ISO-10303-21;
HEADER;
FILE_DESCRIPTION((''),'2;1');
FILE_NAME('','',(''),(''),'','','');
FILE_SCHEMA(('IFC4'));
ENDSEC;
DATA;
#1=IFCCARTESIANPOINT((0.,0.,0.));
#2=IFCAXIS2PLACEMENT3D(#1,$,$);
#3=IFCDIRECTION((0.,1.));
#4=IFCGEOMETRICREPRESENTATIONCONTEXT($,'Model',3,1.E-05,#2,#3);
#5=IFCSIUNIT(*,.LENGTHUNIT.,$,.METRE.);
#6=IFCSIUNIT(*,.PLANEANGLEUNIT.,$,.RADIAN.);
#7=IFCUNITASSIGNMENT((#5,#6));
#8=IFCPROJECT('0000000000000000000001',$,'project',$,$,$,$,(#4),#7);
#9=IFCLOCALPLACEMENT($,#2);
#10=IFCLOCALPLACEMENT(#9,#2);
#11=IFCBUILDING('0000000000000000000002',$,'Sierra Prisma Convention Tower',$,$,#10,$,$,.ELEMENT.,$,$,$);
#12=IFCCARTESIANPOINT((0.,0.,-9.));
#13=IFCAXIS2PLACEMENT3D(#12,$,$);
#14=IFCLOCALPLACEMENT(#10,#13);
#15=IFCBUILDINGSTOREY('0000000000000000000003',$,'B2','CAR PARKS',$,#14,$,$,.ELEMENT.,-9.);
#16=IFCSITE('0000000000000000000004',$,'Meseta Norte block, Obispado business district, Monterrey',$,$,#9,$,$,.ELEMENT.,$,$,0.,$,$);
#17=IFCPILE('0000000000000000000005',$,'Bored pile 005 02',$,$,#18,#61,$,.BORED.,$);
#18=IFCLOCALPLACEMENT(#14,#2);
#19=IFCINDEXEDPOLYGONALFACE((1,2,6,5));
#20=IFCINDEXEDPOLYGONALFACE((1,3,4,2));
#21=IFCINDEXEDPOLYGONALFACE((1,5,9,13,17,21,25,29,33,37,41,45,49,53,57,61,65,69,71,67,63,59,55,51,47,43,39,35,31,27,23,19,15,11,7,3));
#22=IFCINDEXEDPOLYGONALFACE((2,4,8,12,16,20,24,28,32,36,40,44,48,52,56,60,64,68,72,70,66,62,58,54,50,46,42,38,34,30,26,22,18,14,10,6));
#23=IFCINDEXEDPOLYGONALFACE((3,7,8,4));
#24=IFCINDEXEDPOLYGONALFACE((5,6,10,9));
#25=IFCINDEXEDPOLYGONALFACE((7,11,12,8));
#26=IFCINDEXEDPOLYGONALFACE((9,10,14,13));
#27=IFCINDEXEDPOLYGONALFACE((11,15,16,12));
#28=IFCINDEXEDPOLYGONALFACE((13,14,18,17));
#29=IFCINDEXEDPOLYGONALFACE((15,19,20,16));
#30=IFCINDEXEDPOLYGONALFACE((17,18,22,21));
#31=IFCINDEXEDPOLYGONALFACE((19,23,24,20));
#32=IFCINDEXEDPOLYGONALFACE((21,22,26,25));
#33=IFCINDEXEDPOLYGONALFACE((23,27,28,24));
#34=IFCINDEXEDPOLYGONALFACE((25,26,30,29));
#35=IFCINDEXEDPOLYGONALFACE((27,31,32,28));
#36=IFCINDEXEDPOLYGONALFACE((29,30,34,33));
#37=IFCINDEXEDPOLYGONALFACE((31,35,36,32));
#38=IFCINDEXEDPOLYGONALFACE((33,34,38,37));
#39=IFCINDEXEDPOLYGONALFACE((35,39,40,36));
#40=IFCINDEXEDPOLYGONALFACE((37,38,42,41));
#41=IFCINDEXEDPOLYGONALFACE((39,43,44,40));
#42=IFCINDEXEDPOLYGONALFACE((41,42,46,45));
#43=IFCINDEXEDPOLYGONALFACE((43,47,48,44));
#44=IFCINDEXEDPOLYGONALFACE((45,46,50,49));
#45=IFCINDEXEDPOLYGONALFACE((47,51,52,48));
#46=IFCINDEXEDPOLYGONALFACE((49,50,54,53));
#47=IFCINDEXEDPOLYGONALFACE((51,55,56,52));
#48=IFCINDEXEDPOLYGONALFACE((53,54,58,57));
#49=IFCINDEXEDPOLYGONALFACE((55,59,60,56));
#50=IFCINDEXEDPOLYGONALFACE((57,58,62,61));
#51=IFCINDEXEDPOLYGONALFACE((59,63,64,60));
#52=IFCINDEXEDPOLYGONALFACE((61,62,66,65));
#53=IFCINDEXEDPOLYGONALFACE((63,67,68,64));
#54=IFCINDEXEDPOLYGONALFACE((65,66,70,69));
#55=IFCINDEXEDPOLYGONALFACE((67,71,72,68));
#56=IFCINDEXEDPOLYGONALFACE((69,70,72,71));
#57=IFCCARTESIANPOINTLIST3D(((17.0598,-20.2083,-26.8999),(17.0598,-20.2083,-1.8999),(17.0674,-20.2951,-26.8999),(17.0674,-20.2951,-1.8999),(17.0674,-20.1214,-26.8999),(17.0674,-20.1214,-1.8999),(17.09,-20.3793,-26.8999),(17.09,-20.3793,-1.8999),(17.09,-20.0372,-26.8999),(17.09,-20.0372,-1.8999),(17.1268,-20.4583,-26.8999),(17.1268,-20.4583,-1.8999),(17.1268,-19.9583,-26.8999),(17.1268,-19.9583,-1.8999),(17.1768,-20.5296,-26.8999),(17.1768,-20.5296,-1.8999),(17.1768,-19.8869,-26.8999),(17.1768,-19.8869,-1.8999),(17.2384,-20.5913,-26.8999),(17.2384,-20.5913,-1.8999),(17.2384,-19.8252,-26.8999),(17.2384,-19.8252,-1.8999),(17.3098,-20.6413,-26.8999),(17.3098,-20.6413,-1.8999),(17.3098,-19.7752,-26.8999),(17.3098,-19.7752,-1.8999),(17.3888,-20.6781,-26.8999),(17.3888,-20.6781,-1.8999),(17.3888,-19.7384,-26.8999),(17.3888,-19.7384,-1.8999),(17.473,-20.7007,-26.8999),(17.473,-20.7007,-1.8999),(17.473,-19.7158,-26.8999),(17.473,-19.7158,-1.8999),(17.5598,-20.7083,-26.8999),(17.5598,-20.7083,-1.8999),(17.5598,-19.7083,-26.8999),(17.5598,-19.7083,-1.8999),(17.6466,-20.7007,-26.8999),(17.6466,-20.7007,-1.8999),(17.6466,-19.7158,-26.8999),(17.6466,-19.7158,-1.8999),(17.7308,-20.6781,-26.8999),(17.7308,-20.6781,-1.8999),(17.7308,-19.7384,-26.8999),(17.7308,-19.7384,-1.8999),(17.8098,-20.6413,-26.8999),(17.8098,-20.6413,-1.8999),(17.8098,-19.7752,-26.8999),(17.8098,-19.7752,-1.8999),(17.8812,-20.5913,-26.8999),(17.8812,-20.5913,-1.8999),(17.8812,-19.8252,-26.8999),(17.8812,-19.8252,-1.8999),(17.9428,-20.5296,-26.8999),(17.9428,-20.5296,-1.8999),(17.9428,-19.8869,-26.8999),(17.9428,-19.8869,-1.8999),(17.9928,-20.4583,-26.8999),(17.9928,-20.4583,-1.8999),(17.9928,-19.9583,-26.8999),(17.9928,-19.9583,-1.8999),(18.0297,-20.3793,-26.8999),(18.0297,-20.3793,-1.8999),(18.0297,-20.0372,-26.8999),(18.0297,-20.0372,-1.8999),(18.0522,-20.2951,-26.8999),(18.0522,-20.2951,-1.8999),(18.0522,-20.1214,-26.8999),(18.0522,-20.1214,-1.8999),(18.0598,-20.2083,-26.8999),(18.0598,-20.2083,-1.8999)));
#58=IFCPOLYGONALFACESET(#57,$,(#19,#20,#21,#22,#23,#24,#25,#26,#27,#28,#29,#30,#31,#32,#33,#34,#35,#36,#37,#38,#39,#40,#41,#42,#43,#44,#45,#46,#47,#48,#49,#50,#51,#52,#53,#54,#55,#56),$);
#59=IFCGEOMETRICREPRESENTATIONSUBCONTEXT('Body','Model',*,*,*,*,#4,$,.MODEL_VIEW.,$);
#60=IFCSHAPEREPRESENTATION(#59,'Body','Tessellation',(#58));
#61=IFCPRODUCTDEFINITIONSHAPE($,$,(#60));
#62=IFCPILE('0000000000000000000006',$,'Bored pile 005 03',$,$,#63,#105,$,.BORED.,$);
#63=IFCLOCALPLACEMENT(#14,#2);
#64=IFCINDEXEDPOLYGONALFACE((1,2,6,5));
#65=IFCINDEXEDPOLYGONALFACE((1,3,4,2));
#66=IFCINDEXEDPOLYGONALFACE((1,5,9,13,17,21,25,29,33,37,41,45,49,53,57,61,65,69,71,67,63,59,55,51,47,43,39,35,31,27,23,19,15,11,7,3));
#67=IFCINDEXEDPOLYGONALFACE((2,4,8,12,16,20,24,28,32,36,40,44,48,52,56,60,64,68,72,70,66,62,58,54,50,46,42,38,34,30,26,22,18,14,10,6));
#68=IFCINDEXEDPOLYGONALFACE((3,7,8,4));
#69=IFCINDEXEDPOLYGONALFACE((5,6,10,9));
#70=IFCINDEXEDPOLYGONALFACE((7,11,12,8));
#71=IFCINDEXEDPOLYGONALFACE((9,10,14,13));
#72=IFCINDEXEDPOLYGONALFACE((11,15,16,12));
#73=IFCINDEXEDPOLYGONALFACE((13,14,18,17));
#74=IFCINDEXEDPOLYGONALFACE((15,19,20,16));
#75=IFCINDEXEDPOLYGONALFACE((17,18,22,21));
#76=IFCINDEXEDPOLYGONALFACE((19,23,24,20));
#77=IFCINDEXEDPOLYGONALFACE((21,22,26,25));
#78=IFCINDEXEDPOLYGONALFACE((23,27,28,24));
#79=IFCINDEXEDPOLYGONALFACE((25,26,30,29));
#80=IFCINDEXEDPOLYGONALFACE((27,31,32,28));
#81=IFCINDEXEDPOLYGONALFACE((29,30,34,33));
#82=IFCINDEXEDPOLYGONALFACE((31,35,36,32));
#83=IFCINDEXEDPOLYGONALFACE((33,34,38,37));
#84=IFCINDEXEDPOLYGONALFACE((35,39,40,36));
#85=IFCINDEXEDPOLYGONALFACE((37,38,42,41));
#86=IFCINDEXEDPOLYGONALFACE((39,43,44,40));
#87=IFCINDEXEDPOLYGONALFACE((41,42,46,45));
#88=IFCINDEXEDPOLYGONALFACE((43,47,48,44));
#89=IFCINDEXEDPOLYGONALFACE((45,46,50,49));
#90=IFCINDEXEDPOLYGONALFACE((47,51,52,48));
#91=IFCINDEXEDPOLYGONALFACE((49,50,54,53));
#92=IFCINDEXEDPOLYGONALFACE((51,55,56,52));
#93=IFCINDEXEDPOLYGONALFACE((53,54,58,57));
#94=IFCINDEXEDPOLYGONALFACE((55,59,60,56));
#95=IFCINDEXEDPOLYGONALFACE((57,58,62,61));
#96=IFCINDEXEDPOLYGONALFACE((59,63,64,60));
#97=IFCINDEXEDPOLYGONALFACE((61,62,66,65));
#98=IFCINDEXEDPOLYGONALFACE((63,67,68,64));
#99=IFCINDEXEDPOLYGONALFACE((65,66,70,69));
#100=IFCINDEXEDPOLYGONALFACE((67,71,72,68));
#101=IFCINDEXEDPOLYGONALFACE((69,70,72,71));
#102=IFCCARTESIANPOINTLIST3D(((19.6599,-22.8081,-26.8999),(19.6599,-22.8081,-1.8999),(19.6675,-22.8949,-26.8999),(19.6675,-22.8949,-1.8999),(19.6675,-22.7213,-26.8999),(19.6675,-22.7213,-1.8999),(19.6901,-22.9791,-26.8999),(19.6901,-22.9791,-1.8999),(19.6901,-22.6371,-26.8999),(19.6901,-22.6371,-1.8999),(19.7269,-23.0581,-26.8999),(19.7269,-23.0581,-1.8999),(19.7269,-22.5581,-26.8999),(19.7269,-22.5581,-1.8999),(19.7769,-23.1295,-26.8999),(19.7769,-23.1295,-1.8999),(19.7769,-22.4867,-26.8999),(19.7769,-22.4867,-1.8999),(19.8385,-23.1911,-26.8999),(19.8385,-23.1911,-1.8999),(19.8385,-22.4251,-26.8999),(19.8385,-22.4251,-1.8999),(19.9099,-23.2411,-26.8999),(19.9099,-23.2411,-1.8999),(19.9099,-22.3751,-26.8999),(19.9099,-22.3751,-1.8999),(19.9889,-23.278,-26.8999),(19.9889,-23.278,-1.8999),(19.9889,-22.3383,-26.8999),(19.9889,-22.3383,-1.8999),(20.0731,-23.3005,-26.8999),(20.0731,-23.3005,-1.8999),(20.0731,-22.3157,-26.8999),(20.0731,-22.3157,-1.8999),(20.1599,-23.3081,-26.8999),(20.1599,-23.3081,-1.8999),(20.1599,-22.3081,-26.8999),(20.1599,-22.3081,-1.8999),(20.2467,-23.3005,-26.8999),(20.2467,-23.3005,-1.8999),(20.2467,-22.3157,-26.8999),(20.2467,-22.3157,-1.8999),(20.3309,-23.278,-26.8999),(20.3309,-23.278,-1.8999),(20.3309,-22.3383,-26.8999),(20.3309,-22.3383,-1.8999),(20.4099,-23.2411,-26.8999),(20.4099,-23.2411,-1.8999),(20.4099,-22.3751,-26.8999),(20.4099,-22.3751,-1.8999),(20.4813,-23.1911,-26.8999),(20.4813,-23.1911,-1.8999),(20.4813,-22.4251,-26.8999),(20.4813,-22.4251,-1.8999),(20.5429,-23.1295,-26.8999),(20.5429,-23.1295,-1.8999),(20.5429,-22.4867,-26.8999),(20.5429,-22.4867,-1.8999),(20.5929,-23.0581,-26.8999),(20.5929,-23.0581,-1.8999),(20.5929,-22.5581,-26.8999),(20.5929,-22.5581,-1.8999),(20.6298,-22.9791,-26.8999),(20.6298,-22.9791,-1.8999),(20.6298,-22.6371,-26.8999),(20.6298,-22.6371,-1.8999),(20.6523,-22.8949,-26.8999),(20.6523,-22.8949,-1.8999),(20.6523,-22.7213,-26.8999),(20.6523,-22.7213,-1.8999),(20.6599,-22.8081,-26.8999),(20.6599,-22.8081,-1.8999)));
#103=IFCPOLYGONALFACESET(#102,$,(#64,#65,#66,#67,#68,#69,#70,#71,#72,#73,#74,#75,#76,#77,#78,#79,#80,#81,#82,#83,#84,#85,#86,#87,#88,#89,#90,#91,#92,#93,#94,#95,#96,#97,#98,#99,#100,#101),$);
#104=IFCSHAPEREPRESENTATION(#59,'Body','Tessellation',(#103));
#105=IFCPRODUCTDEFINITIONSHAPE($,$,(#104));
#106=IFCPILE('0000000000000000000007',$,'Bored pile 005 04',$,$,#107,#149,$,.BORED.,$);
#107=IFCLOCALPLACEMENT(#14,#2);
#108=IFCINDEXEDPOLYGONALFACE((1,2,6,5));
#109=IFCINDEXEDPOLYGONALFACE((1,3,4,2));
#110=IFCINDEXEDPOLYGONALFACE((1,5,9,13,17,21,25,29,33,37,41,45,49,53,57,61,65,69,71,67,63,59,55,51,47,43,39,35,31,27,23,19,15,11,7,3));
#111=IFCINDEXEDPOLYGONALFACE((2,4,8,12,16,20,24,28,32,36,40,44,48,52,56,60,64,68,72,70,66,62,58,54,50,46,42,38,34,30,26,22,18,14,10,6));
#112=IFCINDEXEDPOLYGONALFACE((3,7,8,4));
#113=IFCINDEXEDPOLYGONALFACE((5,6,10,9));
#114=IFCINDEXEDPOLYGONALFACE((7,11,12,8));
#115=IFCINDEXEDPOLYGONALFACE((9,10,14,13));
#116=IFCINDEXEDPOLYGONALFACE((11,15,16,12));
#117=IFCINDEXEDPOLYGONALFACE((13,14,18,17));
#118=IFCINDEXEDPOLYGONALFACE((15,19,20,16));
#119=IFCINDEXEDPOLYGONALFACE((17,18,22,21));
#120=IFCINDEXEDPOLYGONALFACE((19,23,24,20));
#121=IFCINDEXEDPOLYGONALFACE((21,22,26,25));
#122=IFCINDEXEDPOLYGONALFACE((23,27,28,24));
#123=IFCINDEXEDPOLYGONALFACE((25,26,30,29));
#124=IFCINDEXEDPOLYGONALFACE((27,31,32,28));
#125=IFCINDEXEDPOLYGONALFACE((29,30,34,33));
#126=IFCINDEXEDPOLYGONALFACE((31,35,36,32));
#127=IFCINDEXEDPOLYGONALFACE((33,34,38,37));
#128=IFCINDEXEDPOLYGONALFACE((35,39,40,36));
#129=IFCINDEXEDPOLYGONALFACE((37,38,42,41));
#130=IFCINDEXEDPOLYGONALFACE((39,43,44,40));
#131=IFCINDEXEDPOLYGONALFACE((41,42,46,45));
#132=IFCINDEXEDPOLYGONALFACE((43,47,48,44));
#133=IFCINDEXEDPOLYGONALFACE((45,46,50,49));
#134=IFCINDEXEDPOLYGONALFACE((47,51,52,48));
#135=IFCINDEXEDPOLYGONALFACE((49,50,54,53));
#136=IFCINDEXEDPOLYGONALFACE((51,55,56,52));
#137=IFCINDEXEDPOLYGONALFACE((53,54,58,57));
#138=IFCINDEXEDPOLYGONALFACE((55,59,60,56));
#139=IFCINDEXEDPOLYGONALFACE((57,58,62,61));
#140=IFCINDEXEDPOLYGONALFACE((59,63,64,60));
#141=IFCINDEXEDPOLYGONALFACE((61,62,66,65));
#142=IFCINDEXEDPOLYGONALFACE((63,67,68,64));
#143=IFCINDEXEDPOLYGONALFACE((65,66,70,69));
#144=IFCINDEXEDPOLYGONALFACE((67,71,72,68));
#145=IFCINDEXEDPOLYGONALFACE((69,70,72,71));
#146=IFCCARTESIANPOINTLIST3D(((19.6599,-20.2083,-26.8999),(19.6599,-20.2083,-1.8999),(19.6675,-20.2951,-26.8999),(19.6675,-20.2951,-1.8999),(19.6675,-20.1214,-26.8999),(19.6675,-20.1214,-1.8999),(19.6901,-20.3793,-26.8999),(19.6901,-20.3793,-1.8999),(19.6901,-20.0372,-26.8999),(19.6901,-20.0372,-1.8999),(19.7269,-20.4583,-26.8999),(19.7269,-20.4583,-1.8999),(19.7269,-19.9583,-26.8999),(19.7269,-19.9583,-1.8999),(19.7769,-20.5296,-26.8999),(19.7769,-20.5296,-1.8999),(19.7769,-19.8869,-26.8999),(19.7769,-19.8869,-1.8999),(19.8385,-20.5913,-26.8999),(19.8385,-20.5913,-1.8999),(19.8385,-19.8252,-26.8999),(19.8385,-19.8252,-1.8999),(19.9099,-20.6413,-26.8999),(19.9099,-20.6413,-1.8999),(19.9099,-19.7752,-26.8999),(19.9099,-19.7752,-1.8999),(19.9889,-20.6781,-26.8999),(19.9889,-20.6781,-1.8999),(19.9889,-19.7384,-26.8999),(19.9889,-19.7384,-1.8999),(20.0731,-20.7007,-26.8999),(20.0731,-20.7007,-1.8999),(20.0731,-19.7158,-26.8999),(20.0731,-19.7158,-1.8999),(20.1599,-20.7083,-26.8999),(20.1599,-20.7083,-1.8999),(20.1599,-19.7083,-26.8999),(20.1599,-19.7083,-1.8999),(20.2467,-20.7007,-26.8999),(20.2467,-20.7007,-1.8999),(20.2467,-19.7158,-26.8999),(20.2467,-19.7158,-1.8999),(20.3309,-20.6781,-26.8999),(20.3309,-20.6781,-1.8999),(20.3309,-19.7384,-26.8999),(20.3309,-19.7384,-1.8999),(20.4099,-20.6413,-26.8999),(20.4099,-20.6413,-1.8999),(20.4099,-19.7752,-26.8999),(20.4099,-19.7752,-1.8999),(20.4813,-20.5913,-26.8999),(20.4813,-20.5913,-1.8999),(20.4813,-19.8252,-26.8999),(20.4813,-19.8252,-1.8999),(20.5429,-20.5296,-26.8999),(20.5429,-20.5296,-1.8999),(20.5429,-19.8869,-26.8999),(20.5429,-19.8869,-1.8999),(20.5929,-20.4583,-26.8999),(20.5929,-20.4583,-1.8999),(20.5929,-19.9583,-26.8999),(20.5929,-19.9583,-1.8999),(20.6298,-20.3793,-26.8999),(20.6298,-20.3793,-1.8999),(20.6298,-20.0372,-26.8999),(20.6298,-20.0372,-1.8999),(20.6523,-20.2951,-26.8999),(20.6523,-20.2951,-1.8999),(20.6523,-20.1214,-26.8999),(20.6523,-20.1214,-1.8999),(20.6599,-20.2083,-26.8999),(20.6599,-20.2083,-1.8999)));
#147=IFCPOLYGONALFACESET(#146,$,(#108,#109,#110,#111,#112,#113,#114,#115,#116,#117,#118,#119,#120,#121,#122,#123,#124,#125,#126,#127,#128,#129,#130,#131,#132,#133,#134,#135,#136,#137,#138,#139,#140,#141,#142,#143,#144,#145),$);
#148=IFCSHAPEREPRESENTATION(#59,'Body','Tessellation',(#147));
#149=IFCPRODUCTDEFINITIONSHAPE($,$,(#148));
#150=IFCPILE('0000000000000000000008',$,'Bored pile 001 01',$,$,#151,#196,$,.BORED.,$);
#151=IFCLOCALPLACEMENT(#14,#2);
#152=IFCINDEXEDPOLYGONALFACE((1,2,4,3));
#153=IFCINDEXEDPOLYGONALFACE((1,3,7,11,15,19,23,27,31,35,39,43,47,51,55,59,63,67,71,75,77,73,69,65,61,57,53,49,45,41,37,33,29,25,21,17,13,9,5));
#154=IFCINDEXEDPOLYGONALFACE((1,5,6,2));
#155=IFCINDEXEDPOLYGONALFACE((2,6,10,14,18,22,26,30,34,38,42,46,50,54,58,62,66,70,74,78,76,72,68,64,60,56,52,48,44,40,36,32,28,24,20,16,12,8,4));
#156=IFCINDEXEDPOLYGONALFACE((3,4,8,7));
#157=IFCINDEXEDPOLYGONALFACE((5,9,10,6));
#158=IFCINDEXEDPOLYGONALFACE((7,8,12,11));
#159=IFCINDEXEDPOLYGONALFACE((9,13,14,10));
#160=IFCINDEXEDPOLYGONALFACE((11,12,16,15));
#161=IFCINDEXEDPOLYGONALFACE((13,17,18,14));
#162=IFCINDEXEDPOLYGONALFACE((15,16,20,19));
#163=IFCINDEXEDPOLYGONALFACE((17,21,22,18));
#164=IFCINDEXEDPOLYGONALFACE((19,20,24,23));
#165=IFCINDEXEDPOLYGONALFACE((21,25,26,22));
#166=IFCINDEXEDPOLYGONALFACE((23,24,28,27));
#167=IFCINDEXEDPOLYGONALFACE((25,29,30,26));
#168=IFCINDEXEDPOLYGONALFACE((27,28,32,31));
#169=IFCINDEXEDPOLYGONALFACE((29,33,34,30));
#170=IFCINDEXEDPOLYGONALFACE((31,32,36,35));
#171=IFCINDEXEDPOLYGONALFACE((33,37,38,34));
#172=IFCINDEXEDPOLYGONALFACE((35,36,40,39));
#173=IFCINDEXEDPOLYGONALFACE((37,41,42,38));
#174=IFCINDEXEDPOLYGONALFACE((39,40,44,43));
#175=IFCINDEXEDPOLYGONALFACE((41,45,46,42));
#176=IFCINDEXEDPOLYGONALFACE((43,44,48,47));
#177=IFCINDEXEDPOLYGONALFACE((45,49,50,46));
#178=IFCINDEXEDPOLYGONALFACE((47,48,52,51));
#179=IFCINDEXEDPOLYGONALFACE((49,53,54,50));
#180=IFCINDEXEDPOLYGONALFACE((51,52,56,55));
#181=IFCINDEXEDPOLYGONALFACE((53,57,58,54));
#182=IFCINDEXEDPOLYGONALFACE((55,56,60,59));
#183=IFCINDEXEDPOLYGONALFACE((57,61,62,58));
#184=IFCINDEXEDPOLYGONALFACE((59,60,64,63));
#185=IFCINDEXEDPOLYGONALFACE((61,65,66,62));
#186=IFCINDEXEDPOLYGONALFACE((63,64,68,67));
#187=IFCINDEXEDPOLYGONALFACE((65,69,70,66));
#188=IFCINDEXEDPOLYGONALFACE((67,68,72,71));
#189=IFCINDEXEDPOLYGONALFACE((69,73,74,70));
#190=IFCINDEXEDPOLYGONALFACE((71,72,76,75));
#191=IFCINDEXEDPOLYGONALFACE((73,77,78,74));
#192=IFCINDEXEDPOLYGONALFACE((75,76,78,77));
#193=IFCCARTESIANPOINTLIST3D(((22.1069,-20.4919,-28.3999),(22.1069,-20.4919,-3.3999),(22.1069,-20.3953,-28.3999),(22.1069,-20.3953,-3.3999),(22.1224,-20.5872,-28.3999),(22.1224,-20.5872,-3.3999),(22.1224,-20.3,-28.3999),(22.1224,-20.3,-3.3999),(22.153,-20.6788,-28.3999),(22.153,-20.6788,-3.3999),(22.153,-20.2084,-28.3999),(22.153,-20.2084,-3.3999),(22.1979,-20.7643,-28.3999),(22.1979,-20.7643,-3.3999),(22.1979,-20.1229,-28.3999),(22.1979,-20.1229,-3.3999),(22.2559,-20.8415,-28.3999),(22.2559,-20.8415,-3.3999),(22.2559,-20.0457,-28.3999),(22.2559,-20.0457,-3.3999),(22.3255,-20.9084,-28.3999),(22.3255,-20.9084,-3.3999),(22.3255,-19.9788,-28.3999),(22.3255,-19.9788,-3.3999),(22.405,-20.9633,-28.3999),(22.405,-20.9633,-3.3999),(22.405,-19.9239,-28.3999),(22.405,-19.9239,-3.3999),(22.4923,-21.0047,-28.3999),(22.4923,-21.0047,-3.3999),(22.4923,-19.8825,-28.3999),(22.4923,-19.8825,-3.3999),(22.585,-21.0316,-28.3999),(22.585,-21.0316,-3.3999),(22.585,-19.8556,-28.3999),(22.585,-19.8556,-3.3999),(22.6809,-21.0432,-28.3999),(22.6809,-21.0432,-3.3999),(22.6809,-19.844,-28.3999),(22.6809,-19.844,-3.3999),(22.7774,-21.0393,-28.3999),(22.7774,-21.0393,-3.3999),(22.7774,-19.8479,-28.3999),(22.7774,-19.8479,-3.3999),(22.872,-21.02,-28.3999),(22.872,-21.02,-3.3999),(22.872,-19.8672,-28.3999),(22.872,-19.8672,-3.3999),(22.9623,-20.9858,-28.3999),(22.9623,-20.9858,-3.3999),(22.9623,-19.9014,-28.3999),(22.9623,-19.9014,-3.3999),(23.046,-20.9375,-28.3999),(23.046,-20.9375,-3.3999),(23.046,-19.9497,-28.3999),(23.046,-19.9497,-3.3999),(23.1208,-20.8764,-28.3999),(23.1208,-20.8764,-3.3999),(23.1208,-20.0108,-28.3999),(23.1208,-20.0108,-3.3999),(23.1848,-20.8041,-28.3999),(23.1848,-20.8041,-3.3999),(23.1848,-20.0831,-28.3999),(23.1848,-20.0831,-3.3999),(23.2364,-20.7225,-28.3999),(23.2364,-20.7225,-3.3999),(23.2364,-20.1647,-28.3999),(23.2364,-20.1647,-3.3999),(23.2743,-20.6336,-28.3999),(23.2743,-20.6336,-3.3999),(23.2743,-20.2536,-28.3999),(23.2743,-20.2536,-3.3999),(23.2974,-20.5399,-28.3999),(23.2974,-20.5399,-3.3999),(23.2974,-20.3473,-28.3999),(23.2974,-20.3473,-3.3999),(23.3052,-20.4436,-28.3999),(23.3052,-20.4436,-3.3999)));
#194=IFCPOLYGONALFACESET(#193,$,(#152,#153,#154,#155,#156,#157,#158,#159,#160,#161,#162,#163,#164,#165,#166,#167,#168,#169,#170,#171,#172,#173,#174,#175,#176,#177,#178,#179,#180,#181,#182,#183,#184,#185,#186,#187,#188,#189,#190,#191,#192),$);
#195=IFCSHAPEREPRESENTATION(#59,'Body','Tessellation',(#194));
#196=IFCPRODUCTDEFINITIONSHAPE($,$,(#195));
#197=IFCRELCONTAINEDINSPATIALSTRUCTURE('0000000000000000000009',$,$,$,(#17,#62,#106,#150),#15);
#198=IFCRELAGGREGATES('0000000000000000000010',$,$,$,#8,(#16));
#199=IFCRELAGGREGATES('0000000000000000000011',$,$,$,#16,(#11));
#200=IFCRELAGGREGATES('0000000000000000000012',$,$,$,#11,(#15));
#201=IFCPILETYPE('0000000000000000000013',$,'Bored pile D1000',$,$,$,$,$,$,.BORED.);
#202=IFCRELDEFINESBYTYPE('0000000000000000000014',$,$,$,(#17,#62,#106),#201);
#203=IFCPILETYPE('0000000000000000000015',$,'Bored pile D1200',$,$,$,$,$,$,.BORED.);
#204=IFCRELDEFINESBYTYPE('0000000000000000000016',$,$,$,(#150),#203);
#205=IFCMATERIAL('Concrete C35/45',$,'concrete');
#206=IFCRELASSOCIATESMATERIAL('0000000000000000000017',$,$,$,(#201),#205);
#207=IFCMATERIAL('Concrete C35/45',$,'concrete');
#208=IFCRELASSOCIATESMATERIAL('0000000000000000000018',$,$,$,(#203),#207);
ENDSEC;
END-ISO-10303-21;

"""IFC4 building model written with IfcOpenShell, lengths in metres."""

from ifc_helpers import new_model, si_unit, direction, frame, origin, origin_2d, place, context, subcontext, project, spatial, circle, extrude, material, material_profile, profile_set, type_object, element, save


model = new_model("IFC4")

# Units and contexts
model_context = context("Model", 3, precision=1e-05, world=origin(), true_north=direction((0.0, 1.0)))
body_context = subcontext(model_context, "Body", "Model", "MODEL_VIEW")
ifc_project = project(units=[si_unit("LENGTHUNIT", "METRE"), si_unit("PLANEANGLEUNIT", "RADIAN")], contexts=[model_context])

# Site, building, storey
site_placement = place(None, origin())
site = spatial("IfcSite", under=ifc_project, at=site_placement, Name="Meseta Norte block, Obispado business district, Monterrey", CompositionType="ELEMENT", RefElevation=0.0)
building_placement = place(site_placement, origin())
building = spatial("IfcBuilding", under=site, at=building_placement, Name="Sierra Prisma Convention Tower", CompositionType="ELEMENT")
storey_placement = place(building_placement, frame((0.0, 0.0, -9.0)))
storey = spatial("IfcBuildingStorey", under=building, at=storey_placement, Name="B2", Description="CAR PARKS", CompositionType="ELEMENT", Elevation=-9.0)

# Piles
ifc_material_1 = material(Name="Concrete C35/45", Category="concrete")
ifc_material_profile_1 = material_profile(ifc_material_1, circle(Radius=0.5, at=origin_2d()), Name="D1000")
ifc_profile_set_1 = profile_set([ifc_material_profile_1], Name="Concrete C35/45")
pile_type_1 = type_object("IfcPileType", Name="Bored pile D1000", PredefinedType="BORED", material=ifc_profile_set_1)
for number, where, z_axis, x_axis, name in (
    (1, (17.5598, -20.2083, -1.8999), (0.0, 0.0, -1.0), (1.0, 0.0, 0.0), "Bored pile 005 02"),
    (2, (20.1599, -22.8081, -1.8999), (0.0, 0.0, -1.0), (1.0, 0.0, 0.0), "Bored pile 005 03"),
    (3, (20.1599, -20.2083, -1.8999), (0.0, 0.0, -1.0), (1.0, 0.0, 0.0), "Bored pile 005 04"),
):
    element("IfcPile", number, at=place(storey_placement, frame(where, z_axis=z_axis, x_axis=x_axis)), inside=storey, type_object=pile_type_1, Name=name, PredefinedType="BORED", context=body_context, shape_type="SweptSolid", body=[
        extrude(circle(Radius=0.5, at=origin_2d()), origin(), (0.0, 0.0, 1.0), 25.0),
    ])
ifc_material_2 = material(Name="Concrete C35/45", Category="concrete")
ifc_material_profile_2 = material_profile(ifc_material_2, circle(Radius=0.6001, at=origin_2d()), Name="D1200")
ifc_profile_set_2 = profile_set([ifc_material_profile_2], Name="Concrete C35/45")
pile_type_2 = type_object("IfcPileType", Name="Bored pile D1200", PredefinedType="BORED", material=ifc_profile_set_2)
for number, where, z_axis, x_axis, name in (
    (4, (22.7051, -20.4436, -3.3999), (0.0, 0.0, -1.0), (1.0, 0.0, 0.0), "Bored pile 001 01"),
):
    element("IfcPile", number, at=place(storey_placement, frame(where, z_axis=z_axis, x_axis=x_axis)), inside=storey, type_object=pile_type_2, Name=name, PredefinedType="BORED", context=body_context, shape_type="SweptSolid", body=[
        extrude(circle(Radius=0.6001, at=origin_2d()), origin(), (0.0, 0.0, 1.0), 25.0),
    ])

save(model, "model.ifc")
